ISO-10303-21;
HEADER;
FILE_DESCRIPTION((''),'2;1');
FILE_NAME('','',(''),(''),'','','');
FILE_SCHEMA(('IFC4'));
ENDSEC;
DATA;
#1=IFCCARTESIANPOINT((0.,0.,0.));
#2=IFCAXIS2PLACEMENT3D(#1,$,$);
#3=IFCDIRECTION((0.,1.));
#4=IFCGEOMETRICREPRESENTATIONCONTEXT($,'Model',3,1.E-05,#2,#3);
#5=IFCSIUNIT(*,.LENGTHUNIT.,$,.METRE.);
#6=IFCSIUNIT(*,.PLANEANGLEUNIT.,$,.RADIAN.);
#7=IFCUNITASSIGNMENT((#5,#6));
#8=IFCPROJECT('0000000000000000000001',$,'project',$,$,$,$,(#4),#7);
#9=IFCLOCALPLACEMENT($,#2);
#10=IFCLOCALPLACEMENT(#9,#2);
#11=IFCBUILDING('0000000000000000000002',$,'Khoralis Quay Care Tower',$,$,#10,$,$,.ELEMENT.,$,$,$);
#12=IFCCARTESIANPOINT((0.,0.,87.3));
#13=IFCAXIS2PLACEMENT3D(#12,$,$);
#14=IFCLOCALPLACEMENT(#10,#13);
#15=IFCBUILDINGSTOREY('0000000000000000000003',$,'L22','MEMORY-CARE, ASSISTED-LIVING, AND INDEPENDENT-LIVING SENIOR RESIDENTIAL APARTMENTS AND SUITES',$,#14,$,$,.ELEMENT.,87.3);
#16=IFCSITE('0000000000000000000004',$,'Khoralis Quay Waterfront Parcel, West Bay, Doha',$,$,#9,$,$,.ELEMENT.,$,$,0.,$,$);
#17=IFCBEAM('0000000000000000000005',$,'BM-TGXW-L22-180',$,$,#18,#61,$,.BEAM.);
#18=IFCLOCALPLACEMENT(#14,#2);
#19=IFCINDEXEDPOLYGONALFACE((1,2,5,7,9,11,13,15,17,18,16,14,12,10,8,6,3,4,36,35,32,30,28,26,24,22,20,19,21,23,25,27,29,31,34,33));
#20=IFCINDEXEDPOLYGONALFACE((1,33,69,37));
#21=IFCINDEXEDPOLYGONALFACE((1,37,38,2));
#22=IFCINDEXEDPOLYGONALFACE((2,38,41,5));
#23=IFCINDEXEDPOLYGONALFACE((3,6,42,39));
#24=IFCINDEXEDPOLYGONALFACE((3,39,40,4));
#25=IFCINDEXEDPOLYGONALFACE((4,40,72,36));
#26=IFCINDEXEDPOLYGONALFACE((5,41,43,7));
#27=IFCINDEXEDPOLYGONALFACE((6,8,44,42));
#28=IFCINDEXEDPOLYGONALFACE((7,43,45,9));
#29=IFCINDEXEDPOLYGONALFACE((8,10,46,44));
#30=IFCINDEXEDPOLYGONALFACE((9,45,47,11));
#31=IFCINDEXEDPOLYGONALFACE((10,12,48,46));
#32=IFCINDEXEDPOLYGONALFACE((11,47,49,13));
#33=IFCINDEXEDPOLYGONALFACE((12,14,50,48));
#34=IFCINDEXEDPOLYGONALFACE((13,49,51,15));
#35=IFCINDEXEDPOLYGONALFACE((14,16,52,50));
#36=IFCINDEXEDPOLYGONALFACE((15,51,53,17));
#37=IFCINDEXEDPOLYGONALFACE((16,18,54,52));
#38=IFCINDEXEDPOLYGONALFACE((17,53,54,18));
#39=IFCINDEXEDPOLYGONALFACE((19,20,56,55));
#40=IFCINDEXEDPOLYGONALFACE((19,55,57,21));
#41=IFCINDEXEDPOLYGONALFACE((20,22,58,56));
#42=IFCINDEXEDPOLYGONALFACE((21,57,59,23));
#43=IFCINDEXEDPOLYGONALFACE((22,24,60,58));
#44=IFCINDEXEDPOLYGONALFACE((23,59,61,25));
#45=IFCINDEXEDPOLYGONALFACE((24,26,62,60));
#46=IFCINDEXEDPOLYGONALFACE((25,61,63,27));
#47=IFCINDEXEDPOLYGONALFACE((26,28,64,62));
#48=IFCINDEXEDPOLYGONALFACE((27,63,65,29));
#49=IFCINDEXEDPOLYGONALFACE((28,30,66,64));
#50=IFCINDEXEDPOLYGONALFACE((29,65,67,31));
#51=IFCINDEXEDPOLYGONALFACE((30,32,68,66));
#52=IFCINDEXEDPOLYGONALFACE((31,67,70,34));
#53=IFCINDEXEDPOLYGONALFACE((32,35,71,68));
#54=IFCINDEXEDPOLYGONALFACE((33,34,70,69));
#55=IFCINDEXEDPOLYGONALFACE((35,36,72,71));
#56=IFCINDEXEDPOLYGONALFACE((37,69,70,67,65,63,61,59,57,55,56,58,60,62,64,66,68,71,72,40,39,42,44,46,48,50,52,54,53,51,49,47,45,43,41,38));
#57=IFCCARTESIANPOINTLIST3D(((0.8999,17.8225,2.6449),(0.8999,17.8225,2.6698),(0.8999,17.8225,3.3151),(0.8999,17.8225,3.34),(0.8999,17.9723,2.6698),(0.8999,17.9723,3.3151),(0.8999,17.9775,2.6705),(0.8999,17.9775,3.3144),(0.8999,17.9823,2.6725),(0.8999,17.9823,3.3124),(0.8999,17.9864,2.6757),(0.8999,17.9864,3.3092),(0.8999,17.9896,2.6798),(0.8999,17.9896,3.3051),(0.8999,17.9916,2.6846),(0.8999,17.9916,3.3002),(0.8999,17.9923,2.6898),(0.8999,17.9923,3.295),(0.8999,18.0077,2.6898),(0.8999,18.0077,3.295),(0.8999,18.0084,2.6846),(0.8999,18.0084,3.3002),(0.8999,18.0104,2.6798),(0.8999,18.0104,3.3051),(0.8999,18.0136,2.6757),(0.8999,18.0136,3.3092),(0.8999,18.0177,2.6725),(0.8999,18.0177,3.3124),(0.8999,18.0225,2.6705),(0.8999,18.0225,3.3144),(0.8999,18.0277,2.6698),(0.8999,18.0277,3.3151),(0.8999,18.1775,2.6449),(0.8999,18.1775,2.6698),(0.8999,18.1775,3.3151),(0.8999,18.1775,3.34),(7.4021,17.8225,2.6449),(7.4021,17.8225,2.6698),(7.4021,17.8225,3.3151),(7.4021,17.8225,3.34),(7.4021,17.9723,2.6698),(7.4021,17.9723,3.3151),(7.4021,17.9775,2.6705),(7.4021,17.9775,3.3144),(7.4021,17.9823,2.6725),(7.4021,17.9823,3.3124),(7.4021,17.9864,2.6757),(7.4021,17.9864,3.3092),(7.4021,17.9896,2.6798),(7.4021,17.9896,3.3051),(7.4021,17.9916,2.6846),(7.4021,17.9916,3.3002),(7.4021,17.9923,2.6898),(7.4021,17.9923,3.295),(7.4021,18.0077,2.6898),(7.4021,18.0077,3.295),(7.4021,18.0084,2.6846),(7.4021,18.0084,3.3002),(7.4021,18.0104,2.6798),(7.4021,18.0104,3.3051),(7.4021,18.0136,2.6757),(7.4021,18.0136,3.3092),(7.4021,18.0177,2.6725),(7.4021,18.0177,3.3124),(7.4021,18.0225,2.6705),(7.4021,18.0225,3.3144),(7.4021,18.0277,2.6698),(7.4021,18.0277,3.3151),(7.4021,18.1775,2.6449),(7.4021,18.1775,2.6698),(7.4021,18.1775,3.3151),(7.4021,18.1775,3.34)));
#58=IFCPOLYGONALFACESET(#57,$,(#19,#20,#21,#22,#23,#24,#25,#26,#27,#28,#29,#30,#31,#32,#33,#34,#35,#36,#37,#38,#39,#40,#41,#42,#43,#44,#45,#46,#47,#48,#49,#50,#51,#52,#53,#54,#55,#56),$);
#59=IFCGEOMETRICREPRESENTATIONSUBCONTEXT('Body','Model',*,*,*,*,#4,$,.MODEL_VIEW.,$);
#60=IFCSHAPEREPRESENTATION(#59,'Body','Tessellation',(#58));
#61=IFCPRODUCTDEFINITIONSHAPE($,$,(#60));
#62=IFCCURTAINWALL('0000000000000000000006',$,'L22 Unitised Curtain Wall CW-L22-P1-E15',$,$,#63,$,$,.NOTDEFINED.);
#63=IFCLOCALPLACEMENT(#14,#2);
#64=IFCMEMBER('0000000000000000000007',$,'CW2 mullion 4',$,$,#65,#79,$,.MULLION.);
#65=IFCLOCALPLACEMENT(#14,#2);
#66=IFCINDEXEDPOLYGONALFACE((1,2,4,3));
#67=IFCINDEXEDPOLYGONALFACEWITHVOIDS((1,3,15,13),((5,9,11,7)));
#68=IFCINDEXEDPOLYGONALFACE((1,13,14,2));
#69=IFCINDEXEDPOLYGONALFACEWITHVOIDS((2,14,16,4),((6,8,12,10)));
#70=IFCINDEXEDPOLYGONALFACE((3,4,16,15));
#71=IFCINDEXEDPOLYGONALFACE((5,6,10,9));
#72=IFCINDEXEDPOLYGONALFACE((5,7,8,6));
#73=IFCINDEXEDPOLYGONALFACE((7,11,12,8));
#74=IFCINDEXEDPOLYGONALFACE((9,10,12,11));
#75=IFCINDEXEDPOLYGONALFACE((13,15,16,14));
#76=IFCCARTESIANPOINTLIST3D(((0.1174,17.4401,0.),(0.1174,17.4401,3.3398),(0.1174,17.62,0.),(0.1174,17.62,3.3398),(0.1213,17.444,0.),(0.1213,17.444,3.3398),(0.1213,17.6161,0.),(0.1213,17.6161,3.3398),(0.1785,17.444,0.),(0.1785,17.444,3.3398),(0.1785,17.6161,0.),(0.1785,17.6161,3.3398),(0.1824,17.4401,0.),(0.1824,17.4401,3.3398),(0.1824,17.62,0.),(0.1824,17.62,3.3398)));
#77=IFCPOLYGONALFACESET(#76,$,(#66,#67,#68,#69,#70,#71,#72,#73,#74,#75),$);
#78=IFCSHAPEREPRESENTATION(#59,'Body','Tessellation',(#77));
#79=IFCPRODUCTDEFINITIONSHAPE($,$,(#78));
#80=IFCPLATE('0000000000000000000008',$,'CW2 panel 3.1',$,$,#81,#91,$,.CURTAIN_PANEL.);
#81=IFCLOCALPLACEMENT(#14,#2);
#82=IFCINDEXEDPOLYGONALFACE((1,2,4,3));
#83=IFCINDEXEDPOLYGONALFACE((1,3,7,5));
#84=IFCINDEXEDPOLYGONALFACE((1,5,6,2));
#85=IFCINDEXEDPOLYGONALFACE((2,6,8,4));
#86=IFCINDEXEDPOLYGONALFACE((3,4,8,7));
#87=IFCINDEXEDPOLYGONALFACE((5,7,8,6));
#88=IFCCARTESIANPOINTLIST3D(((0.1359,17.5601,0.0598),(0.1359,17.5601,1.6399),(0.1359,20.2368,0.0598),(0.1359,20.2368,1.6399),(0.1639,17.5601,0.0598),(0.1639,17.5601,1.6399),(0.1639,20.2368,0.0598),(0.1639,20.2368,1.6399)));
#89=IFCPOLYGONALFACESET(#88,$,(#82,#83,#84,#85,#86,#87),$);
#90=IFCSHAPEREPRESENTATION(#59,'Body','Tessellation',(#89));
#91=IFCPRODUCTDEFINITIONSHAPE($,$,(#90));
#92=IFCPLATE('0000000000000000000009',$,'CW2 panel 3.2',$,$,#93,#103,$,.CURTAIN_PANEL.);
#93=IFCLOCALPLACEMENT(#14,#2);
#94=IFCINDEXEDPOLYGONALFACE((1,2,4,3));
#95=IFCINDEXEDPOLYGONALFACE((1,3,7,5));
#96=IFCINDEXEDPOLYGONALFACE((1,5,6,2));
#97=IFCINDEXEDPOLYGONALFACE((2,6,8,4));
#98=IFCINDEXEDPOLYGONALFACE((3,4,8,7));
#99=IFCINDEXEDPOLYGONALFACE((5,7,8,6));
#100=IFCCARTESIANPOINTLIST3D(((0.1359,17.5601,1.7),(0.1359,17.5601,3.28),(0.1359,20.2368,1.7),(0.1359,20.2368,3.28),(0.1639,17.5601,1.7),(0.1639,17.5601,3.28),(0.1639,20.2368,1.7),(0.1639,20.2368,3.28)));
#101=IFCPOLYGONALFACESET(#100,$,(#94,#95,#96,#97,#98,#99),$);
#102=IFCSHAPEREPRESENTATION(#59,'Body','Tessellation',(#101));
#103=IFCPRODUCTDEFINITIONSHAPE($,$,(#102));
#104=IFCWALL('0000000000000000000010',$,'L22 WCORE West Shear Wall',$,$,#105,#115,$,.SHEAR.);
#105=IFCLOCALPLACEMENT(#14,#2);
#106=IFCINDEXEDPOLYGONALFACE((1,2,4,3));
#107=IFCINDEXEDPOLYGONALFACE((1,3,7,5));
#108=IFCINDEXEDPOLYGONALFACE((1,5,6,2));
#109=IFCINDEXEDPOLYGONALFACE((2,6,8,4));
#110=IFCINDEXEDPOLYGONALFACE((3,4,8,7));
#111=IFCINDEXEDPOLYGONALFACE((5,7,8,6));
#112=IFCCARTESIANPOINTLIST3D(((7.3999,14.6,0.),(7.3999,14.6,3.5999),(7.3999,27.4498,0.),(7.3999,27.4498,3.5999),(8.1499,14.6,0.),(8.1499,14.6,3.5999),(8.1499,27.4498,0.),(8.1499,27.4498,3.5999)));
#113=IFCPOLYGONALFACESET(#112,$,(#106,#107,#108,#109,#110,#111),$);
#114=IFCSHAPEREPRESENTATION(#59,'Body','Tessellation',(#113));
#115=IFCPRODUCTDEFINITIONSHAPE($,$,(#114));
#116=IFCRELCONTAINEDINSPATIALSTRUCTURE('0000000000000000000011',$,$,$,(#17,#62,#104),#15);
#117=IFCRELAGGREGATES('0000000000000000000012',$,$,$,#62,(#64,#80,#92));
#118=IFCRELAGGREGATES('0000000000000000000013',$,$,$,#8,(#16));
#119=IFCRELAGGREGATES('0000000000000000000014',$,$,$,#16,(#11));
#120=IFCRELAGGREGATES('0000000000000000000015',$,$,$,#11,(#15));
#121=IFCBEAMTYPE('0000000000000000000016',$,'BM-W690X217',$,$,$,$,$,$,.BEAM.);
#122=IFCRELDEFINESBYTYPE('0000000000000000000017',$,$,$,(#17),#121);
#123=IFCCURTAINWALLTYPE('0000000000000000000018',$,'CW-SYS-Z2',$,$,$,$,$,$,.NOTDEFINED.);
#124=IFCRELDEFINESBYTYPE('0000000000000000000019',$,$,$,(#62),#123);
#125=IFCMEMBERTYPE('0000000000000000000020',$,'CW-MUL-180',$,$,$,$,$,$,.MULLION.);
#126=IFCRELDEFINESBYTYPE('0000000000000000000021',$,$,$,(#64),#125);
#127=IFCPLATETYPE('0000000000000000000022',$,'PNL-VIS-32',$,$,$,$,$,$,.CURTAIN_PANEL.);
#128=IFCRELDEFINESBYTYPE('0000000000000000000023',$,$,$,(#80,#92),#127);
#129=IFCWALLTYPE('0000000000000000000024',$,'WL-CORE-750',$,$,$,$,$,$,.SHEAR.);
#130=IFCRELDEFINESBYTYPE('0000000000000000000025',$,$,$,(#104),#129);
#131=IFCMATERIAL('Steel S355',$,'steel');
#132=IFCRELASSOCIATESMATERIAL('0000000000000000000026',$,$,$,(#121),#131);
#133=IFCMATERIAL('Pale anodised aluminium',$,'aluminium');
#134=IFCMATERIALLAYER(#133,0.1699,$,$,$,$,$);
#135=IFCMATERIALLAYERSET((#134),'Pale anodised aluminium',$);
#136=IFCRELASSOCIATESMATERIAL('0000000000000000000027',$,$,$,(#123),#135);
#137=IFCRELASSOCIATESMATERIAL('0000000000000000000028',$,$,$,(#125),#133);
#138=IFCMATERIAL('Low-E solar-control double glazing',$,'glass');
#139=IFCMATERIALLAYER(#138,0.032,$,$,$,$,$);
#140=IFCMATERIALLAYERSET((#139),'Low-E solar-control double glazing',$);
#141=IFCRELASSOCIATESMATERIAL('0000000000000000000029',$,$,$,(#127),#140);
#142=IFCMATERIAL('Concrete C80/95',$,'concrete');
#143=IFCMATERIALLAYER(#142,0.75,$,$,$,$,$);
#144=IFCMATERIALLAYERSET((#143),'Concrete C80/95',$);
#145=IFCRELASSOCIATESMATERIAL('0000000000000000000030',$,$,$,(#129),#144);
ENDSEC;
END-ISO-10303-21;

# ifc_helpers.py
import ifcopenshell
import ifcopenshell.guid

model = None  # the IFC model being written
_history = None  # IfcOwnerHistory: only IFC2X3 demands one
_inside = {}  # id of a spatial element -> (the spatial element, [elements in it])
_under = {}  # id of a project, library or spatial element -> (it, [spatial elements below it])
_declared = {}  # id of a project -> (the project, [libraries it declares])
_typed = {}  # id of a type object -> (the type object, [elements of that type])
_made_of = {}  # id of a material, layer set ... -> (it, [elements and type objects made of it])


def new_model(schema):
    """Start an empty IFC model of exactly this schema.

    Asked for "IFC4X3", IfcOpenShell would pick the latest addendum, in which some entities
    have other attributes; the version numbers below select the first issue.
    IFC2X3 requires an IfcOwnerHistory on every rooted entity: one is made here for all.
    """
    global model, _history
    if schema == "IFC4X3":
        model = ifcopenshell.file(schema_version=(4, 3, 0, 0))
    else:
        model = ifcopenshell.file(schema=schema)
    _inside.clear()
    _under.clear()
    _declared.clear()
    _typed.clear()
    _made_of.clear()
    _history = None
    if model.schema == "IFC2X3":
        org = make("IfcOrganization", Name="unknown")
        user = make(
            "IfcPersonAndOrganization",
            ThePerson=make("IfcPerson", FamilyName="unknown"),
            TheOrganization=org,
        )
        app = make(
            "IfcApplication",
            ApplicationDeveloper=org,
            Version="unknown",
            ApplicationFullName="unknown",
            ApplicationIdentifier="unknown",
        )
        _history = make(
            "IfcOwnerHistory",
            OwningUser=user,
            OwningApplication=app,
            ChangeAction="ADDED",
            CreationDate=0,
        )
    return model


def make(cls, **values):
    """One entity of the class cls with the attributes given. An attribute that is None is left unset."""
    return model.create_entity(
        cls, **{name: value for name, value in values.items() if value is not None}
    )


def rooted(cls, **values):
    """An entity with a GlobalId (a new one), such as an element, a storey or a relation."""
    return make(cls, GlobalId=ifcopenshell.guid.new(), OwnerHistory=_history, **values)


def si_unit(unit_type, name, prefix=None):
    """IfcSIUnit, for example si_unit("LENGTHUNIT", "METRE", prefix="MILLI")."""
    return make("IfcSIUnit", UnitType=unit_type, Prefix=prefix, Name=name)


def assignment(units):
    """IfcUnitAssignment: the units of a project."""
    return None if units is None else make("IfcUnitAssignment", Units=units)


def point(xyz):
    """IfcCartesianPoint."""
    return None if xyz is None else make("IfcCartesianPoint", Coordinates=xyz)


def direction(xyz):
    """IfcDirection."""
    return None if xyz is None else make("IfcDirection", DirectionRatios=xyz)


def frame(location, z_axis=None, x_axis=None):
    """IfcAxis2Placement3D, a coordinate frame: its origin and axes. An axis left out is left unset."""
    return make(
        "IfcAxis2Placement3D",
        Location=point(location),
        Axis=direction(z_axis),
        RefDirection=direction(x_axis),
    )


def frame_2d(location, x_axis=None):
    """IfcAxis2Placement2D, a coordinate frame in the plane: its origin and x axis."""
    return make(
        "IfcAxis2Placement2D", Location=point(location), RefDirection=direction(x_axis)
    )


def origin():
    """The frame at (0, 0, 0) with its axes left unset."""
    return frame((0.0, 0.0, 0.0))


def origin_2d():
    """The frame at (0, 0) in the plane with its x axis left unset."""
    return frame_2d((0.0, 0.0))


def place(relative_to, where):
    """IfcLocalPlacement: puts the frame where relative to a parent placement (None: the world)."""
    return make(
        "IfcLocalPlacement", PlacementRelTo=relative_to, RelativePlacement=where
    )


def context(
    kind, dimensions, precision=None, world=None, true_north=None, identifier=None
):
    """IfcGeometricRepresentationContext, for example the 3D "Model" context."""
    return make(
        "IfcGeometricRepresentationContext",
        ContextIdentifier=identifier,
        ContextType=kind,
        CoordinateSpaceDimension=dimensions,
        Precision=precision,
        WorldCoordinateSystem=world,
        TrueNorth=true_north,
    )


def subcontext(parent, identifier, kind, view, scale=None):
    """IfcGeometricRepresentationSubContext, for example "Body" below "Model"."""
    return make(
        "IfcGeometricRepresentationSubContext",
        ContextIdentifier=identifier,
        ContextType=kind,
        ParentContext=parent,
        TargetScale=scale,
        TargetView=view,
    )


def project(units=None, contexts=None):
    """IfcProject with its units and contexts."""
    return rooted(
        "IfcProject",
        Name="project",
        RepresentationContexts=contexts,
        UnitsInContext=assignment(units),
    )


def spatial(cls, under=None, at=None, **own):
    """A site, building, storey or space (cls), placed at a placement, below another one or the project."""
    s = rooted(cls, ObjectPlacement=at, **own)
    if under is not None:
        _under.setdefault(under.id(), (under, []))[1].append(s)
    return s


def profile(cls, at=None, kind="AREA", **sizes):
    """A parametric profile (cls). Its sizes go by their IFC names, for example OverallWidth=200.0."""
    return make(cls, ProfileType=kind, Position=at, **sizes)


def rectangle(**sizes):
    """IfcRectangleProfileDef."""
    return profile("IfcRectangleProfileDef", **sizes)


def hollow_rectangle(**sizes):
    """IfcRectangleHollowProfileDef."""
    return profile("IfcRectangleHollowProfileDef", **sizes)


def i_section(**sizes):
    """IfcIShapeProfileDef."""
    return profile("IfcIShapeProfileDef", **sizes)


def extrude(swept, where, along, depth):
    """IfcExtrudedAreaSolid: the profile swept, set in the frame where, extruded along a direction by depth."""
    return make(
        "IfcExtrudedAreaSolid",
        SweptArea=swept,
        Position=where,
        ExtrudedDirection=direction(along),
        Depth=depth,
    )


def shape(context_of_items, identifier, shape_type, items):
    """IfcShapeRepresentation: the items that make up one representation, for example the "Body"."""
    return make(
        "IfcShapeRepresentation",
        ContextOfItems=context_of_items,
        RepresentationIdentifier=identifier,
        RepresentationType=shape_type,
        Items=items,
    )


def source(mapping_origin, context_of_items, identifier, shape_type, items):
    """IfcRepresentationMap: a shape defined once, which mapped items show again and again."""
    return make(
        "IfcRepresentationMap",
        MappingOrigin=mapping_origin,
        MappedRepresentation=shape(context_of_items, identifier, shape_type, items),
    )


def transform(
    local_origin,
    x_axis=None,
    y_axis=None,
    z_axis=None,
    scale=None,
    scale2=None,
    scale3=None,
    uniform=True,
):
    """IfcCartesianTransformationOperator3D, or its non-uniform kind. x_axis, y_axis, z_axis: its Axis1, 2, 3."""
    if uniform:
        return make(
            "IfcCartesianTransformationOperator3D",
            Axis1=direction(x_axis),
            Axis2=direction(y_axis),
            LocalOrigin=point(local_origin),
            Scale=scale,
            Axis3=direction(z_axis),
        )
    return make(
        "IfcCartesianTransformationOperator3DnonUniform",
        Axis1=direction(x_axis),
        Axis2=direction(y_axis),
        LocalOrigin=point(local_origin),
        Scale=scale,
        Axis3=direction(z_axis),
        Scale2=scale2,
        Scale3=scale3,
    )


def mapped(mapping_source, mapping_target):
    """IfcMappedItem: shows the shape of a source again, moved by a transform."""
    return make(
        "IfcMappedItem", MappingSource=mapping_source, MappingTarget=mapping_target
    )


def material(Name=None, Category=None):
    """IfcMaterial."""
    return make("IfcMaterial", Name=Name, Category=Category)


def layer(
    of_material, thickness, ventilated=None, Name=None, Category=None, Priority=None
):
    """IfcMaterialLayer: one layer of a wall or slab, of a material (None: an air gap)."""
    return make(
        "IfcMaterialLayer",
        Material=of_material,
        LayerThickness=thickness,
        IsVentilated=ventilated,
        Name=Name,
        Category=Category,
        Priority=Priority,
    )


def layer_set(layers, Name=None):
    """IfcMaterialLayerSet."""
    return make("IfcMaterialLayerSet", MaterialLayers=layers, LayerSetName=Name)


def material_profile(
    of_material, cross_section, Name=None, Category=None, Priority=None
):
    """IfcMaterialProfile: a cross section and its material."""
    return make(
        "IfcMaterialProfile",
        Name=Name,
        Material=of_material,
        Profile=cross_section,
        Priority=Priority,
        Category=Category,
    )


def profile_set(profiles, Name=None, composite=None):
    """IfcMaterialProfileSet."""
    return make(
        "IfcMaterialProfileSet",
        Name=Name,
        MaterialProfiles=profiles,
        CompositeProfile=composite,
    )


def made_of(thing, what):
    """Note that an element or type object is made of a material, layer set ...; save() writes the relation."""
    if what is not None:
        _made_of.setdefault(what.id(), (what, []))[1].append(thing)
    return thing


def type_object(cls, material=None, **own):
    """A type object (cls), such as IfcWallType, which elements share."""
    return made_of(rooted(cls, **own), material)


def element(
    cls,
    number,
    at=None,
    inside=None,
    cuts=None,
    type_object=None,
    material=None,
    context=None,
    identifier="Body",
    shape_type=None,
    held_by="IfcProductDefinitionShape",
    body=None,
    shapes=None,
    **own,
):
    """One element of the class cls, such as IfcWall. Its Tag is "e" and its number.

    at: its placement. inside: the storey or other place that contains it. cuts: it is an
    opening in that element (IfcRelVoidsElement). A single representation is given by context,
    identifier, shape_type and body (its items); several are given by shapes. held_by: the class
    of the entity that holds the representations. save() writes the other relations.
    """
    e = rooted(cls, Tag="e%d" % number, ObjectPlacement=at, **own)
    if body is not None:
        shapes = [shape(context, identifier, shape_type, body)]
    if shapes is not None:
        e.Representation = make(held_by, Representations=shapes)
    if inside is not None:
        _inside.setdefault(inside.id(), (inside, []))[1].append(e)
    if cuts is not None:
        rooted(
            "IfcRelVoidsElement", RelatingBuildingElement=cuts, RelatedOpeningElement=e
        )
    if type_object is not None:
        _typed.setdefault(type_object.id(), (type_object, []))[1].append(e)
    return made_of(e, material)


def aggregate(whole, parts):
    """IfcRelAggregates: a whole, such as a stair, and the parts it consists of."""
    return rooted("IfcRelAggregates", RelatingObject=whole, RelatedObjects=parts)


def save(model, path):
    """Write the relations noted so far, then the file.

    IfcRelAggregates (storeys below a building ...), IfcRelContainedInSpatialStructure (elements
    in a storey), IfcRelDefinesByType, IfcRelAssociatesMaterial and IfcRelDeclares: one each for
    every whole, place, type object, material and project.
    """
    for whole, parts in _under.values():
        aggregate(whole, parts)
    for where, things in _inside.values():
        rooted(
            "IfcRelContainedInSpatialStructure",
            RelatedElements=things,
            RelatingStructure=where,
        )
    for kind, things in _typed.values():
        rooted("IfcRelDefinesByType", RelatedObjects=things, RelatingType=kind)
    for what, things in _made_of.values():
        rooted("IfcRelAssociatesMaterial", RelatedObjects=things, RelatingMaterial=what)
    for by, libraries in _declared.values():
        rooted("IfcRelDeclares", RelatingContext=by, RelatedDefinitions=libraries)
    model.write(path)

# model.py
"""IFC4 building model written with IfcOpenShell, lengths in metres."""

from ifc_helpers import new_model, si_unit, direction, frame, frame_2d, origin, origin_2d, place, context, subcontext, project, spatial, rectangle, hollow_rectangle, i_section, extrude, source, transform, mapped, material, layer, layer_set, material_profile, profile_set, type_object, element, aggregate, save


model = new_model("IFC4")

# Units and contexts
model_context = context("Model", 3, precision=1e-05, world=origin(), true_north=direction((0.0, 1.0)))
body_context = subcontext(model_context, "Body", "Model", "MODEL_VIEW")
ifc_project = project(units=[si_unit("LENGTHUNIT", "METRE"), si_unit("PLANEANGLEUNIT", "RADIAN")], contexts=[model_context])

# Site, building, storey
site_placement = place(None, origin())
site = spatial("IfcSite", under=ifc_project, at=site_placement, Name="Khoralis Quay Waterfront Parcel, West Bay, Doha", CompositionType="ELEMENT", RefElevation=0.0)
building_placement = place(site_placement, origin())
building = spatial("IfcBuilding", under=site, at=building_placement, Name="Khoralis Quay Care Tower", CompositionType="ELEMENT")
storey_placement = place(building_placement, frame((0.0, 0.0, 87.3)))
storey = spatial("IfcBuildingStorey", under=building, at=storey_placement, Name="L22", Description="MEMORY-CARE, ASSISTED-LIVING, AND INDEPENDENT-LIVING SENIOR RESIDENTIAL APARTMENTS AND SUITES", CompositionType="ELEMENT", Elevation=87.3)

# Beam
ifc_material_1 = material(Name="Steel S355", Category="steel")
ifc_material_profile_1 = material_profile(ifc_material_1, i_section(OverallWidth=0.355, OverallDepth=0.6951, WebThickness=0.0154, FlangeThickness=0.0249, FilletRadius=0.02, at=origin_2d()), Name="Steel S355")
ifc_profile_set_1 = profile_set([ifc_material_profile_1], Name="Steel S355")
beam_type_1 = type_object("IfcBeamType", Name="BM-W690X217", PredefinedType="BEAM", material=ifc_profile_set_1)
shared_shape_1 = source(origin(), body_context, "Body", "SweptSolid", [
    extrude(i_section(OverallWidth=0.355, OverallDepth=0.6951, WebThickness=0.0154, FlangeThickness=0.0249, FilletRadius=0.02, at=origin_2d()), origin(), (0.0, 0.0, 1.0), 6.5022),
])
beam_1_placement = place(storey_placement, frame((0.8999, 18.0, 2.9924), z_axis=(1.0, 0.0, 0.0), x_axis=(0.0, 1.0, 0.0)))
element("IfcBeam", 1, at=beam_1_placement, inside=storey, type_object=beam_type_1, Name="BM-TGXW-L22-180", PredefinedType="BEAM", context=body_context, shape_type="MappedRepresentation", body=[
    mapped(shared_shape_1, transform((0.0, 0.0, 0.0), scale=1.0)),
])

# Curtain wall, member, plates
ifc_material_2 = material(Name="Pale anodised aluminium", Category="aluminium")
ifc_layer_1 = layer(ifc_material_2, 0.1699)
ifc_layer_set_1 = layer_set([ifc_layer_1], Name="Pale anodised aluminium")
curtain_wall_type = type_object("IfcCurtainWallType", Name="CW-SYS-Z2", PredefinedType="NOTDEFINED", material=ifc_layer_set_1)
curtain_wall_placement = place(storey_placement, origin())
curtain_wall = element("IfcCurtainWall", 2, at=curtain_wall_placement, inside=storey, type_object=curtain_wall_type, Name="L22 Unitised Curtain Wall CW-L22-P1-E15", PredefinedType="NOTDEFINED")
ifc_material_profile_2 = material_profile(ifc_material_2, hollow_rectangle(XDim=0.0649, YDim=0.1799, WallThickness=0.0039, at=origin_2d()), Name="Pale anodised aluminium")
ifc_profile_set_2 = profile_set([ifc_material_profile_2], Name="Pale anodised aluminium")
member_type = type_object("IfcMemberType", Name="CW-MUL-180", PredefinedType="MULLION", material=ifc_profile_set_2)
shared_shape_2 = source(origin(), body_context, "Body", "SweptSolid", [
    extrude(hollow_rectangle(XDim=0.0649, YDim=0.1799, WallThickness=0.0039, at=origin_2d()), origin(), (0.0, 0.0, 1.0), 3.3398),
])
member_placement = place(storey_placement, frame((0.1499, 17.53, 0.0), z_axis=(0.0, 0.0, 1.0), x_axis=(1.0, 0.0, 0.0)))
member = element("IfcMember", 3, at=member_placement, type_object=member_type, Name="CW2 mullion 4", PredefinedType="MULLION", context=body_context, shape_type="MappedRepresentation", body=[
    mapped(shared_shape_2, transform((0.0, 0.0, 0.0), scale=1.0)),
])
ifc_material_3 = material(Name="Low-E solar-control double glazing", Category="glass")
ifc_layer_2 = layer(ifc_material_3, 0.032)
ifc_layer_set_2 = layer_set([ifc_layer_2], Name="Low-E solar-control double glazing")
plate_type = type_object("IfcPlateType", Name="PNL-VIS-32", PredefinedType="CURTAIN_PANEL", material=ifc_layer_set_2)
shared_shape_3 = source(origin(), body_context, "Body", "SweptSolid", [
    extrude(rectangle(XDim=2.6768, YDim=0.0281, at=origin_2d()), origin(), (0.0, 0.0, 1.0), 1.5801),
])
plate_1_placement = place(storey_placement, frame((0.1499, 18.8984, 0.0598), z_axis=(0.0, 0.0, 1.0), x_axis=(0.0, -1.0, 0.0)))
plate_1 = element("IfcPlate", 4, at=plate_1_placement, type_object=plate_type, Name="CW2 panel 3.1", PredefinedType="CURTAIN_PANEL", context=body_context, shape_type="MappedRepresentation", body=[
    mapped(shared_shape_3, transform((0.0, 0.0, 0.0), scale=1.0)),
])
plate_2_placement = place(storey_placement, frame((0.1499, 18.8984, 1.7), z_axis=(0.0, 0.0, 1.0), x_axis=(0.0, -1.0, 0.0)))
plate_2 = element("IfcPlate", 5, at=plate_2_placement, type_object=plate_type, Name="CW2 panel 3.2", PredefinedType="CURTAIN_PANEL", context=body_context, shape_type="MappedRepresentation", body=[
    mapped(shared_shape_3, transform((0.0, 0.0, 0.0), scale=1.0)),
])
aggregate(curtain_wall, [member, plate_1, plate_2])

# Wall
ifc_material_4 = material(Name="Concrete C80/95", Category="concrete")
ifc_layer_3 = layer(ifc_material_4, 0.75)
ifc_layer_set_3 = layer_set([ifc_layer_3], Name="Concrete C80/95")
wall_type_1 = type_object("IfcWallType", Name="WL-CORE-750", PredefinedType="SHEAR", material=ifc_layer_set_3)
wall_1_placement = place(storey_placement, frame((7.7749, 14.6001, 0.0), z_axis=(0.0, 0.0, 1.0), x_axis=(0.0, 1.0, 0.0)))
element("IfcWall", 6, at=wall_1_placement, inside=storey, type_object=wall_type_1, Name="L22 WCORE West Shear Wall", PredefinedType="SHEAR", context=body_context, shape_type="SweptSolid", body=[
    extrude(rectangle(XDim=12.8499, YDim=0.75, at=frame_2d((6.4248, 0.0))), origin(), (0.0, 0.0, 1.0), 3.5999),
])

save(model, "model.ifc")
